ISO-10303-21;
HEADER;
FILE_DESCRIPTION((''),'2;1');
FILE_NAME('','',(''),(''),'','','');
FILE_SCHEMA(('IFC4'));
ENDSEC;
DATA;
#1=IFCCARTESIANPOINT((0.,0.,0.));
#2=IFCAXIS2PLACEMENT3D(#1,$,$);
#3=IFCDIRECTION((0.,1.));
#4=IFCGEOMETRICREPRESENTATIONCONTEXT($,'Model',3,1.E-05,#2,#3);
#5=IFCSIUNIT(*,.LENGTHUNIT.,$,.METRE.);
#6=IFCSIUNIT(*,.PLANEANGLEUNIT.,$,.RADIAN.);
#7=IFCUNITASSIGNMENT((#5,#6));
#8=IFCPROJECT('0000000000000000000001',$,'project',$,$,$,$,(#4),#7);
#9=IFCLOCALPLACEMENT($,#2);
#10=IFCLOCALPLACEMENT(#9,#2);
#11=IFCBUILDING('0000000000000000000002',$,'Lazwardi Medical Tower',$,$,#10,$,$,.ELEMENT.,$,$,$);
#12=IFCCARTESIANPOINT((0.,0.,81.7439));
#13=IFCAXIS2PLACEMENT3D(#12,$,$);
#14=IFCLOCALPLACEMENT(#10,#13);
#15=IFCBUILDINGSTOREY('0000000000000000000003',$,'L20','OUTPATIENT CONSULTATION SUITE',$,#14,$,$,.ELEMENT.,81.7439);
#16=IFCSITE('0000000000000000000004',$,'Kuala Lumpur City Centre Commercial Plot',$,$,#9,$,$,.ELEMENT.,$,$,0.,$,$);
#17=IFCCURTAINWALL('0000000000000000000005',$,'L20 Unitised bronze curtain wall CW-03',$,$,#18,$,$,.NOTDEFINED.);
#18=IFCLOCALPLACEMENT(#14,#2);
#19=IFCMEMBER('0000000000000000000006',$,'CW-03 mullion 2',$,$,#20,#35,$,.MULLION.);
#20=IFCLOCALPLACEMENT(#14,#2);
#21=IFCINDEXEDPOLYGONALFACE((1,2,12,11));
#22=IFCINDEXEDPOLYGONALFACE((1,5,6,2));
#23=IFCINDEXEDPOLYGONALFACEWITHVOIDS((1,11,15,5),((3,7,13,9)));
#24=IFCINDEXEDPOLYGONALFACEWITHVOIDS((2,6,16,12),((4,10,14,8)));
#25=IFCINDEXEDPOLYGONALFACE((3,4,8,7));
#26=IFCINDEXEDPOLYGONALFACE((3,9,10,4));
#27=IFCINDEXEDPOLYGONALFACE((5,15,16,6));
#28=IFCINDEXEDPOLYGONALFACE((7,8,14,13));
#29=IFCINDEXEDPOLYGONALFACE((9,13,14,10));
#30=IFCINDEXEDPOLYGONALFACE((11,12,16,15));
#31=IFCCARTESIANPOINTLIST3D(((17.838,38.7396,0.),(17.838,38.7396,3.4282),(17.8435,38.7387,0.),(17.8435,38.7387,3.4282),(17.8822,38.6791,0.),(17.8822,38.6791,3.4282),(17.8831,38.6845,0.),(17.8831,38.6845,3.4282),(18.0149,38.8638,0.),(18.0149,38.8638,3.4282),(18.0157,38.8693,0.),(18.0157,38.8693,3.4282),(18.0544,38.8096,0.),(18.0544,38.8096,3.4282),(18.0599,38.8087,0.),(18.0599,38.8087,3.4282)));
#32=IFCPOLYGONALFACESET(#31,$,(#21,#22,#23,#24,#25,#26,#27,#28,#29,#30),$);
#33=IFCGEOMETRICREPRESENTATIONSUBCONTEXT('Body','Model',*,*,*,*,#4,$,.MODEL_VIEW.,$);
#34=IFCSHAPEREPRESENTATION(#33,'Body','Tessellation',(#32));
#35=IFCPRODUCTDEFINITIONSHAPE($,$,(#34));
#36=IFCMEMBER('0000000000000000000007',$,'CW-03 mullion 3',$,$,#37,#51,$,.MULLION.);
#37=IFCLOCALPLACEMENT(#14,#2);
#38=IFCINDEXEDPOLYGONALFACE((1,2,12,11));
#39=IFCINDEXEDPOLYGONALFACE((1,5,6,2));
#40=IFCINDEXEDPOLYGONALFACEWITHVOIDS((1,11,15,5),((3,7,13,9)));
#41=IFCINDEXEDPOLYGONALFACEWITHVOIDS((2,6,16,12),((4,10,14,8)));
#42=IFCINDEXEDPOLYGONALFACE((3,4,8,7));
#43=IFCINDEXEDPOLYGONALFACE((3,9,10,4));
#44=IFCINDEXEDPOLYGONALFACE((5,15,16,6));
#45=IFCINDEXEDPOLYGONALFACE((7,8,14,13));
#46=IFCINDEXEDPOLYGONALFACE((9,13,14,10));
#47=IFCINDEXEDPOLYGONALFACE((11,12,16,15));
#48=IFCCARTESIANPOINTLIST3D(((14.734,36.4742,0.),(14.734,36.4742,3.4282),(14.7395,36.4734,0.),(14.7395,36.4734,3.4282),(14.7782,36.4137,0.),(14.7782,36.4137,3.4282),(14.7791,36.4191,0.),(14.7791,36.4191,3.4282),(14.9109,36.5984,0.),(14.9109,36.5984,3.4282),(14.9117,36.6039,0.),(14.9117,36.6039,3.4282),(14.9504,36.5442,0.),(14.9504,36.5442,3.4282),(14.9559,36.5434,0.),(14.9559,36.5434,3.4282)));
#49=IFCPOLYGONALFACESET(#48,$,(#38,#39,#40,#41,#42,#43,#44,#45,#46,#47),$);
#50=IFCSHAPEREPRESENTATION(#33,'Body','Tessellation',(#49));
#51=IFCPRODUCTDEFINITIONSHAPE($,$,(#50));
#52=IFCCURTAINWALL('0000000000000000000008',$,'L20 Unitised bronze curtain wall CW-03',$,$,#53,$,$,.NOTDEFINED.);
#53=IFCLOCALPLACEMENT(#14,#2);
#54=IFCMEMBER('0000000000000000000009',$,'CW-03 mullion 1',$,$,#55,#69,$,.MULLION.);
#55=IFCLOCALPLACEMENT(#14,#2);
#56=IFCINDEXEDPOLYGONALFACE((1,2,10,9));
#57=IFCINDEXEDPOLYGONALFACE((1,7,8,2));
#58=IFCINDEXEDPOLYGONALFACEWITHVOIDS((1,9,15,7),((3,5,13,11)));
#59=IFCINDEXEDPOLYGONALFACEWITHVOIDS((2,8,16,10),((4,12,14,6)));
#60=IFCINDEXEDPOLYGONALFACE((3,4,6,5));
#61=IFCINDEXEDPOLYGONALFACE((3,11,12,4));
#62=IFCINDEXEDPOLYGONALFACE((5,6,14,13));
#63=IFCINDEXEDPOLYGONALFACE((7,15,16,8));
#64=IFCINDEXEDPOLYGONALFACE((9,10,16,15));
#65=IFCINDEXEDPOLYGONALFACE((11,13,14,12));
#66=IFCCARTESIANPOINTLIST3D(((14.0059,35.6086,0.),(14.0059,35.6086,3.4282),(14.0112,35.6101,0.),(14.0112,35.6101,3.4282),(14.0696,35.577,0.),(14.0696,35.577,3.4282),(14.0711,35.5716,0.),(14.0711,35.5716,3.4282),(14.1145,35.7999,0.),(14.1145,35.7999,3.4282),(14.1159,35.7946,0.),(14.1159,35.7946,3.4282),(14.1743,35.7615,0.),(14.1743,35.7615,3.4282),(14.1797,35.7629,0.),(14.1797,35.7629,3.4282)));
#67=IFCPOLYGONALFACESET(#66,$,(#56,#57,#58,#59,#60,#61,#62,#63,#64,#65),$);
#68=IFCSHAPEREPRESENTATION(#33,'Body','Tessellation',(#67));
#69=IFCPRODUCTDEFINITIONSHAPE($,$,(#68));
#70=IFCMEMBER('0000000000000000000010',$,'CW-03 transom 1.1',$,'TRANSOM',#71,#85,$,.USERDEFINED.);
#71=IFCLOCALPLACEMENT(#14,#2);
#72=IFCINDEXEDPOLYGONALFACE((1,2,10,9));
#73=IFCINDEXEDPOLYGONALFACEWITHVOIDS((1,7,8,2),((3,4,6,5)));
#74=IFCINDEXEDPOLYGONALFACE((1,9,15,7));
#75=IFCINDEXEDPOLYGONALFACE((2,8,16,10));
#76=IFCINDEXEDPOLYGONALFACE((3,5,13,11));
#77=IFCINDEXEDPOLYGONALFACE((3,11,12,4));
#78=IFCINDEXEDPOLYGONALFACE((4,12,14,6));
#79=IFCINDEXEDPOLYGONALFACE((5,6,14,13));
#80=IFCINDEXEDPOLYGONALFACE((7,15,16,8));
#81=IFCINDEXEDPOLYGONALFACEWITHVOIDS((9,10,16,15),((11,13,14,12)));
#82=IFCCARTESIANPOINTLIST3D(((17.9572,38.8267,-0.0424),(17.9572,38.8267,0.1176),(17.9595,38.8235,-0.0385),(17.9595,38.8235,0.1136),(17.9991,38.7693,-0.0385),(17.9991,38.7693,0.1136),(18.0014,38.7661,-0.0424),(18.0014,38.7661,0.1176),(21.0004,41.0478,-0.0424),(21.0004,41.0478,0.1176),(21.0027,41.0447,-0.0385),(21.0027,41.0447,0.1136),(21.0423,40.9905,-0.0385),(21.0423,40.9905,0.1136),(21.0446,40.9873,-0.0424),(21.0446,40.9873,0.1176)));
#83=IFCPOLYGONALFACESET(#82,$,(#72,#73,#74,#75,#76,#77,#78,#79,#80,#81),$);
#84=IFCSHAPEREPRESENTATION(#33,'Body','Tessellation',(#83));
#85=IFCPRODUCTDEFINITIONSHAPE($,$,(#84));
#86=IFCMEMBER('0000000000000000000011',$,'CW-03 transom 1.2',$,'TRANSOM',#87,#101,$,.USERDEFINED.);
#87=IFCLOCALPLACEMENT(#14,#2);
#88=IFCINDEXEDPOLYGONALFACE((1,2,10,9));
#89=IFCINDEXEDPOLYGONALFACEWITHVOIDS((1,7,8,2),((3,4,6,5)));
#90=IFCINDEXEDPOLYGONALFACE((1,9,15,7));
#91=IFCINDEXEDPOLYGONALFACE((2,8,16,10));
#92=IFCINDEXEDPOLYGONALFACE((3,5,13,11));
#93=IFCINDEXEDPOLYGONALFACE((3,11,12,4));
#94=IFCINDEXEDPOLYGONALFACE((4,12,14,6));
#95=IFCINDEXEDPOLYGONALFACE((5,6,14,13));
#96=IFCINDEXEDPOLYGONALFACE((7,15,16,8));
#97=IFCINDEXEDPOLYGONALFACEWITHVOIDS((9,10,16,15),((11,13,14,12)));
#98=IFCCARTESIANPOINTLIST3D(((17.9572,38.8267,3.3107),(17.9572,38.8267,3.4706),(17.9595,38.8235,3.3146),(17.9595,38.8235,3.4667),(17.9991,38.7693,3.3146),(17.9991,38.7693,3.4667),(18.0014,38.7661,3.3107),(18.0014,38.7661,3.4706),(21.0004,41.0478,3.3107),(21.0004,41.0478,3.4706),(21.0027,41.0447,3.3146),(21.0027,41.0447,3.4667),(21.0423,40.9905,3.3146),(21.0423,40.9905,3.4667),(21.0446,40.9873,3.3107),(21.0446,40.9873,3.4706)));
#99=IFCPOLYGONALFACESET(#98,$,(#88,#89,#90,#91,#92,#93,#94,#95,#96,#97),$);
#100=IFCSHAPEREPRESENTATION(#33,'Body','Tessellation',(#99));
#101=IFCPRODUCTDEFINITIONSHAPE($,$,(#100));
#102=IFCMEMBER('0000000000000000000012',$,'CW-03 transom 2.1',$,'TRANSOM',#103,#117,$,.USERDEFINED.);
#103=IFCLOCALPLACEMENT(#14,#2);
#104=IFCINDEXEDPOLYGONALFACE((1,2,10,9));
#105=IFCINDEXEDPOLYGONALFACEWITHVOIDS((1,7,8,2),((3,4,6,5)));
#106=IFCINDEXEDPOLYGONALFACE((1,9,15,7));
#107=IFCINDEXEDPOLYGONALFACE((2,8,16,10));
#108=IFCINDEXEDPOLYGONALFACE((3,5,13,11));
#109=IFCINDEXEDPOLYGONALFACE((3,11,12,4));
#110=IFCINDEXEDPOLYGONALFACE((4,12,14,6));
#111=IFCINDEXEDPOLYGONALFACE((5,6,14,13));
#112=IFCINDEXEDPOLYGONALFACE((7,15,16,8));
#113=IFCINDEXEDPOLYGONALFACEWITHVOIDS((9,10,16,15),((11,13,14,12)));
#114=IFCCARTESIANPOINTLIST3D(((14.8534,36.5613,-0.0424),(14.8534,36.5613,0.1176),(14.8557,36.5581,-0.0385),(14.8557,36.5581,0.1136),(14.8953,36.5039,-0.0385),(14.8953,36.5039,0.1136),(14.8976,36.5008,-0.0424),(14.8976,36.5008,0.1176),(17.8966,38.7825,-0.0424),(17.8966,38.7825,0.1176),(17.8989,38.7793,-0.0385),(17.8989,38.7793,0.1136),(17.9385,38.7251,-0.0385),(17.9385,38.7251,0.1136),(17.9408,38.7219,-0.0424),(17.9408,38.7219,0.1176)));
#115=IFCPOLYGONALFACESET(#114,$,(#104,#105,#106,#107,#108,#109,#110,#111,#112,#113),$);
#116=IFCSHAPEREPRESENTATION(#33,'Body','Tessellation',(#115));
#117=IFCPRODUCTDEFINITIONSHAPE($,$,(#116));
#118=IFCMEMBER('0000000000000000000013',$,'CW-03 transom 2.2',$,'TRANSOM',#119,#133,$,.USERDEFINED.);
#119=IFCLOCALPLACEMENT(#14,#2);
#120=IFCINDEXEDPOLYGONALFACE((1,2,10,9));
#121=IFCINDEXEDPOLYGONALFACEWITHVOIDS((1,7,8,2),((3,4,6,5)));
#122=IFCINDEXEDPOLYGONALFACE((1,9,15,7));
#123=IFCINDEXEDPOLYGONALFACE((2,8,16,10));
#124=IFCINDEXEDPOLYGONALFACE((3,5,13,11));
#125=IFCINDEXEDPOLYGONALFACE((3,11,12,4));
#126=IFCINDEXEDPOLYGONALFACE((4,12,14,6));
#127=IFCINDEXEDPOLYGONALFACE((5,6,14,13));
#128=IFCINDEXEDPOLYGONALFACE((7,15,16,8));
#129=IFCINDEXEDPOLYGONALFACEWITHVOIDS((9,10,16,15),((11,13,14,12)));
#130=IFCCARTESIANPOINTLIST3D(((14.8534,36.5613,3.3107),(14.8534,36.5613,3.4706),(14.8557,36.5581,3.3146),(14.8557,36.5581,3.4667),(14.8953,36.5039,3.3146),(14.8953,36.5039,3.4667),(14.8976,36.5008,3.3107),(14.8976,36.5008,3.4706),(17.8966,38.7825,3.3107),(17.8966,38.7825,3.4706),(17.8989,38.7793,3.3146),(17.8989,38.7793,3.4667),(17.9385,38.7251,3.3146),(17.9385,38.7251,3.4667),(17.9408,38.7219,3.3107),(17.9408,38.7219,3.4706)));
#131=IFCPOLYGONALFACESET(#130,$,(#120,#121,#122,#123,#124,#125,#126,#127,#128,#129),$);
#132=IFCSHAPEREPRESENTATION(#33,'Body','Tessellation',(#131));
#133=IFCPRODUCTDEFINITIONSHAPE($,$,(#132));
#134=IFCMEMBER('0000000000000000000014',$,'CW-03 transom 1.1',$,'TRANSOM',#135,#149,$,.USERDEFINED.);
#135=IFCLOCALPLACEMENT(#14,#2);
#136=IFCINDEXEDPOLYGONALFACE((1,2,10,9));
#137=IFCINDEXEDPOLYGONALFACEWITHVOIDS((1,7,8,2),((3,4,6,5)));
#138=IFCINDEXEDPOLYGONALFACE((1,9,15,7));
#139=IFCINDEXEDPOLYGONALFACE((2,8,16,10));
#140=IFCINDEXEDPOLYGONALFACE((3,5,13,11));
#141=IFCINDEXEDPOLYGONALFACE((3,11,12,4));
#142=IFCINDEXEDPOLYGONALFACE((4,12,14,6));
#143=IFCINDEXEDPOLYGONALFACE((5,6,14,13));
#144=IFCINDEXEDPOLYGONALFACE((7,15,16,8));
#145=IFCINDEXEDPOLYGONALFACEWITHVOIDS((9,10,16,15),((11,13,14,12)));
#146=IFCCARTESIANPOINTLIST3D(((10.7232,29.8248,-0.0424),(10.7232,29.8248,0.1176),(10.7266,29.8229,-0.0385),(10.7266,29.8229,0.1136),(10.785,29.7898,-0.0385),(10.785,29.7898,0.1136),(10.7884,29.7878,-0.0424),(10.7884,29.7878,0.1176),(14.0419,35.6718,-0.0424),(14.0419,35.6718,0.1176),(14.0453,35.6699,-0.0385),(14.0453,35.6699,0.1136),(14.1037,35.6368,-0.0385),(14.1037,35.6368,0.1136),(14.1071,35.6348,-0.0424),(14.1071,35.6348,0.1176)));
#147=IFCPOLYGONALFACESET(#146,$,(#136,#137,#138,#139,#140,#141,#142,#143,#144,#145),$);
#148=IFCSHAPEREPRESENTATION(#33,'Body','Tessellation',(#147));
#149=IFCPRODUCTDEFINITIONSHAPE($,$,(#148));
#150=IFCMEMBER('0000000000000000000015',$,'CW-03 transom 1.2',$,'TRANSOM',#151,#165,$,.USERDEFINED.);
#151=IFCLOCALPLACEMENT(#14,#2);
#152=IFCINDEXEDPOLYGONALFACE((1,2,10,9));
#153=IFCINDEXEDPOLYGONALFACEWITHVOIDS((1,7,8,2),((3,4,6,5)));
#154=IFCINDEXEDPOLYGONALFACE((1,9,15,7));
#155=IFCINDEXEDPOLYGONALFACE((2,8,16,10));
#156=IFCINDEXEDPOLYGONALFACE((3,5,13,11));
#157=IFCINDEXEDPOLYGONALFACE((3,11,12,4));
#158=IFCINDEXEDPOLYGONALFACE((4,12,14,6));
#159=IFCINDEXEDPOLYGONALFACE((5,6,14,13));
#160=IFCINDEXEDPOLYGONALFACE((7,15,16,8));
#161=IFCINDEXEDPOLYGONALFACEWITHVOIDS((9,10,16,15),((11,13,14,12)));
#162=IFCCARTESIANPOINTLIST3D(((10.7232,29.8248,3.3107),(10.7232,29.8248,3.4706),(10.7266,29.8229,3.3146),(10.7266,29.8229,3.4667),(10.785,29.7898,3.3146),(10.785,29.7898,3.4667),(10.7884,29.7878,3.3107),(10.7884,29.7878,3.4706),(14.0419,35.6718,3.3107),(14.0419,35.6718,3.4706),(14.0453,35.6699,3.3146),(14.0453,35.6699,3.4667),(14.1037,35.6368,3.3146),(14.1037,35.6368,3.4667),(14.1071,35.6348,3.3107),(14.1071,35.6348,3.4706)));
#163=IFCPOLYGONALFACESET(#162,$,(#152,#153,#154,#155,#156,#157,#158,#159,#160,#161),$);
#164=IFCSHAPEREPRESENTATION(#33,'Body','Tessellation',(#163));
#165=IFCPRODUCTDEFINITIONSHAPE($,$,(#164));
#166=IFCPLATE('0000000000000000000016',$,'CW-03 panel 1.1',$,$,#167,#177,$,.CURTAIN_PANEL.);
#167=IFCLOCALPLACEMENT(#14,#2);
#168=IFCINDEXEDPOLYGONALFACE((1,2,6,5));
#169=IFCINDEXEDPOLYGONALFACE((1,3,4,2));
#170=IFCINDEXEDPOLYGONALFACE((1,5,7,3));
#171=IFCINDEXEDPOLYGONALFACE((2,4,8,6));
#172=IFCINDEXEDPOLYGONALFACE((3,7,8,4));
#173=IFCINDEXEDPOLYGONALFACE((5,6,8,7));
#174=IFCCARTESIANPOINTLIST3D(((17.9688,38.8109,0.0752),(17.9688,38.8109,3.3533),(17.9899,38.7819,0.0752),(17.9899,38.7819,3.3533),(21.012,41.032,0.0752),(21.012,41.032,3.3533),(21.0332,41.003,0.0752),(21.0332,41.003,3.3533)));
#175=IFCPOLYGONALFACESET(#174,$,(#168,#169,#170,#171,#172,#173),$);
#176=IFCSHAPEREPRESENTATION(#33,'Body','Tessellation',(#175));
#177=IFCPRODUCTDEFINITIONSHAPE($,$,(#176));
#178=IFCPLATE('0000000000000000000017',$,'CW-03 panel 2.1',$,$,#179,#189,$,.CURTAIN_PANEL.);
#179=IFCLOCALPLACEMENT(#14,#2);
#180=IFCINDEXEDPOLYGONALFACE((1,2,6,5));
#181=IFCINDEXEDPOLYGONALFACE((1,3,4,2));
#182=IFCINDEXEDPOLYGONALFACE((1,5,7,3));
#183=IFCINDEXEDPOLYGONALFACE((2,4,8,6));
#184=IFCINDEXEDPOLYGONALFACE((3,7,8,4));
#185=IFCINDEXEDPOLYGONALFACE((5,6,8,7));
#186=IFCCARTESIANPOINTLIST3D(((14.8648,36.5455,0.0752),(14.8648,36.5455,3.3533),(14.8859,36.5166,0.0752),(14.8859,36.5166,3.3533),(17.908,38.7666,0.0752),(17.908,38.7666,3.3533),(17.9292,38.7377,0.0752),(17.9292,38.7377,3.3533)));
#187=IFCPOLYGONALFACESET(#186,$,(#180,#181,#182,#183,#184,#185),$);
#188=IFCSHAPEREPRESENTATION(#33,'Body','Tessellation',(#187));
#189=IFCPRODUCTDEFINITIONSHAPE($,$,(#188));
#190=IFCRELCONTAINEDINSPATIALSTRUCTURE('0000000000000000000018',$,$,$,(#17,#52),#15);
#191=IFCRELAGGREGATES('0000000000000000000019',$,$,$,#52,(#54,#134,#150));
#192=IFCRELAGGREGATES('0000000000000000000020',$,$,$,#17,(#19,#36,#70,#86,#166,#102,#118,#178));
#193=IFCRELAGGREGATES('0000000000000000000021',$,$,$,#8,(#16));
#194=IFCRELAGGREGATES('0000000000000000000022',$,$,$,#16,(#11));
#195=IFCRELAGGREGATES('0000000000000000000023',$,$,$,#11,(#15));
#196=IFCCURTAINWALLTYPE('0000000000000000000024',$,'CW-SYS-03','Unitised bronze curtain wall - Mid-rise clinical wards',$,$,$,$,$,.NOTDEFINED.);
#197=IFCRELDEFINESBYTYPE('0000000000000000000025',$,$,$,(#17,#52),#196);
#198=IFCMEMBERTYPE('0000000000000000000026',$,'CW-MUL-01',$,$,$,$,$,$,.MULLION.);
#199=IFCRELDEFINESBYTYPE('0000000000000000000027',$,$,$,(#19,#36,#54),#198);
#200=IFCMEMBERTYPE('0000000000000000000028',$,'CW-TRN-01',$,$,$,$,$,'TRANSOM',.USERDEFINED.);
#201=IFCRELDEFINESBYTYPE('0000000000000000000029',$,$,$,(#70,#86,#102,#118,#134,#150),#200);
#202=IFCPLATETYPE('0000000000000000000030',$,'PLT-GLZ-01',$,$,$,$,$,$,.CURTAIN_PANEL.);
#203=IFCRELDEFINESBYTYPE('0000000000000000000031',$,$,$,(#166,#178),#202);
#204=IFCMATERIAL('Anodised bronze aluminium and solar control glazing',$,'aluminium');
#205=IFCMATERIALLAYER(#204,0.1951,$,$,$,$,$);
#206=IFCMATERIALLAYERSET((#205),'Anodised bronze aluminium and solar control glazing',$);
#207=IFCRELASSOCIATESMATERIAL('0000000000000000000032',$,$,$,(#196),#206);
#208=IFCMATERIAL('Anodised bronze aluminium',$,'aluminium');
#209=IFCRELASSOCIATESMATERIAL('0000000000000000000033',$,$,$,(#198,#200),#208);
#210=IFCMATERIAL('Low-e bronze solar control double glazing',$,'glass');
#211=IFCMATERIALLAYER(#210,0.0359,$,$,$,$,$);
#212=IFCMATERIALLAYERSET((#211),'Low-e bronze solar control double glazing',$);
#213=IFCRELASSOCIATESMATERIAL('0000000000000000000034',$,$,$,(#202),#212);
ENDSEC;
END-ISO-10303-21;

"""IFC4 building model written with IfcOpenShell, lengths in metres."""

from ifc_helpers import new_model, si_unit, direction, frame, origin, origin_2d, place, context, subcontext, project, spatial, rectangle, hollow_rectangle, extrude, material, layer, layer_set, material_profile, profile_set, type_object, element, aggregate, save


model = new_model("IFC4")

# Units and contexts
model_context = context("Model", 3, precision=1e-05, world=origin(), true_north=direction((0.0, 1.0)))
body_context = subcontext(model_context, "Body", "Model", "MODEL_VIEW")
ifc_project = project(units=[si_unit("LENGTHUNIT", "METRE"), si_unit("PLANEANGLEUNIT", "RADIAN")], contexts=[model_context])

# Site, building, storey
site_placement = place(None, origin())
site = spatial("IfcSite", under=ifc_project, at=site_placement, Name="Kuala Lumpur City Centre Commercial Plot", CompositionType="ELEMENT", RefElevation=0.0)
building_placement = place(site_placement, origin())
building = spatial("IfcBuilding", under=site, at=building_placement, Name="Lazwardi Medical Tower", CompositionType="ELEMENT")
storey_placement = place(building_placement, frame((0.0, 0.0, 81.7439)))
storey = spatial("IfcBuildingStorey", under=building, at=storey_placement, Name="L20", Description="OUTPATIENT CONSULTATION SUITE", CompositionType="ELEMENT", Elevation=81.7439)

# Shared definitions
ifc_material_1 = material(Name="Anodised bronze aluminium and solar control glazing", Category="aluminium")
ifc_layer_1 = layer(ifc_material_1, 0.1951)
ifc_layer_set_1 = layer_set([ifc_layer_1], Name="Anodised bronze aluminium and solar control glazing")
curtain_wall_type = type_object("IfcCurtainWallType", Name="CW-SYS-03", Description="Unitised bronze curtain wall - Mid-rise clinical wards", PredefinedType="NOTDEFINED", material=ifc_layer_set_1)
ifc_material_2 = material(Name="Anodised bronze aluminium", Category="aluminium")
ifc_material_profile_1 = material_profile(ifc_material_2, hollow_rectangle(XDim=0.075, YDim=0.22, WallThickness=0.0039, at=origin_2d()), Name="ALU-MULLION 220x75x4")
ifc_profile_set_1 = profile_set([ifc_material_profile_1], Name="Anodised bronze aluminium")
member_type_1 = type_object("IfcMemberType", Name="CW-MUL-01", PredefinedType="MULLION", material=ifc_profile_set_1)

# Curtain wall, members
curtain_wall_1_placement = place(storey_placement, origin())
curtain_wall_1 = element("IfcCurtainWall", 1, at=curtain_wall_1_placement, inside=storey, type_object=curtain_wall_type, Name="L20 Unitised bronze curtain wall CW-03", PredefinedType="NOTDEFINED")
member_1_placement = place(storey_placement, frame((17.949, 38.7742, 0.0), z_axis=(0.0, 0.0, 1.0), x_axis=(0.589531, -0.807746, 0.0)))
member_1 = element("IfcMember", 2, at=member_1_placement, type_object=member_type_1, Name="CW-03 mullion 2", PredefinedType="MULLION", context=body_context, shape_type="SweptSolid", body=[
    extrude(hollow_rectangle(XDim=0.075, YDim=0.22, WallThickness=0.0039, at=origin_2d()), origin(), (0.0, 0.0, 1.0), 3.4282),
])
member_2_placement = place(storey_placement, frame((14.845, 36.5088, 0.0), z_axis=(0.0, 0.0, 1.0), x_axis=(0.589531, -0.807746, 0.0)))
member_2 = element("IfcMember", 3, at=member_2_placement, type_object=member_type_1, Name="CW-03 mullion 3", PredefinedType="MULLION", context=body_context, shape_type="SweptSolid", body=[
    extrude(hollow_rectangle(XDim=0.075, YDim=0.22, WallThickness=0.0039, at=origin_2d()), origin(), (0.0, 0.0, 1.0), 3.4282),
])

# Curtain wall, member
curtain_wall_2_placement = place(storey_placement, origin())
curtain_wall_2 = element("IfcCurtainWall", 4, at=curtain_wall_2_placement, inside=storey, type_object=curtain_wall_type, Name="L20 Unitised bronze curtain wall CW-03", PredefinedType="NOTDEFINED")
member_3_placement = place(storey_placement, frame((14.0928, 35.6858, 0.0), z_axis=(0.0, 0.0, 1.0), x_axis=(0.869687, -0.493603, 0.0)))
member_3 = element("IfcMember", 5, at=member_3_placement, type_object=member_type_1, Name="CW-03 mullion 1", PredefinedType="MULLION", context=body_context, shape_type="SweptSolid", body=[
    extrude(hollow_rectangle(XDim=0.075, YDim=0.22, WallThickness=0.0039, at=origin_2d()), origin(), (0.0, 0.0, 1.0), 3.4282),
])

# Members
ifc_material_profile_2 = material_profile(ifc_material_2, hollow_rectangle(XDim=0.075, YDim=0.1599, WallThickness=0.0039, at=origin_2d()), Name="ALU-TRANSOM 160x75x4")
ifc_profile_set_2 = profile_set([ifc_material_profile_2], Name="Anodised bronze aluminium")
member_type_2 = type_object("IfcMemberType", Name="CW-TRN-01", ElementType="TRANSOM", PredefinedType="USERDEFINED", material=ifc_profile_set_2)
member_4_placement = place(storey_placement, frame((21.0225, 41.0176, 0.0376), z_axis=(-0.807732, -0.58955, 0.0), x_axis=(0.58955, -0.807732, 0.0)))
member_4 = element("IfcMember", 6, at=member_4_placement, type_object=member_type_2, Name="CW-03 transom 1.1", ObjectType="TRANSOM", PredefinedType="USERDEFINED", context=body_context, shape_type="SweptSolid", body=[
    extrude(hollow_rectangle(XDim=0.075, YDim=0.1599, WallThickness=0.0039, at=origin_2d()), origin(), (0.0, 0.0, 1.0), 3.7676),
])
member_5_placement = place(storey_placement, frame((21.0225, 41.0176, 3.3906), z_axis=(-0.807732, -0.58955, 0.0), x_axis=(0.58955, -0.807732, 0.0)))
member_5 = element("IfcMember", 7, at=member_5_placement, type_object=member_type_2, Name="CW-03 transom 1.2", ObjectType="TRANSOM", PredefinedType="USERDEFINED", context=body_context, shape_type="SweptSolid", body=[
    extrude(hollow_rectangle(XDim=0.075, YDim=0.1599, WallThickness=0.0039, at=origin_2d()), origin(), (0.0, 0.0, 1.0), 3.7676),
])
member_6_placement = place(storey_placement, frame((17.9187, 38.7522, 0.0376), z_axis=(-0.807732, -0.58955, 0.0), x_axis=(0.58955, -0.807732, 0.0)))
member_6 = element("IfcMember", 8, at=member_6_placement, type_object=member_type_2, Name="CW-03 transom 2.1", ObjectType="TRANSOM", PredefinedType="USERDEFINED", context=body_context, shape_type="SweptSolid", body=[
    extrude(hollow_rectangle(XDim=0.075, YDim=0.1599, WallThickness=0.0039, at=origin_2d()), origin(), (0.0, 0.0, 1.0), 3.7676),
])
member_7_placement = place(storey_placement, frame((17.9187, 38.7522, 3.3906), z_axis=(-0.807732, -0.58955, 0.0), x_axis=(0.58955, -0.807732, 0.0)))
member_7 = element("IfcMember", 9, at=member_7_placement, type_object=member_type_2, Name="CW-03 transom 2.2", ObjectType="TRANSOM", PredefinedType="USERDEFINED", context=body_context, shape_type="SweptSolid", body=[
    extrude(hollow_rectangle(XDim=0.075, YDim=0.1599, WallThickness=0.0039, at=origin_2d()), origin(), (0.0, 0.0, 1.0), 3.7676),
])
member_8_placement = place(storey_placement, frame((14.0745, 35.6533, 0.0376), z_axis=(-0.493614, -0.869681, 0.0), x_axis=(0.869681, -0.493614, 0.0)))
member_8 = element("IfcMember", 10, at=member_8_placement, type_object=member_type_2, Name="CW-03 transom 1.1", ObjectType="TRANSOM", PredefinedType="USERDEFINED", context=body_context, shape_type="SweptSolid", body=[
    extrude(hollow_rectangle(XDim=0.075, YDim=0.1599, WallThickness=0.0039, at=origin_2d()), origin(), (0.0, 0.0, 1.0), 6.7231),
])
member_9_placement = place(storey_placement, frame((14.0745, 35.6533, 3.3906), z_axis=(-0.493614, -0.869681, 0.0), x_axis=(0.869681, -0.493614, 0.0)))
member_9 = element("IfcMember", 11, at=member_9_placement, type_object=member_type_2, Name="CW-03 transom 1.2", ObjectType="TRANSOM", PredefinedType="USERDEFINED", context=body_context, shape_type="SweptSolid", body=[
    extrude(hollow_rectangle(XDim=0.075, YDim=0.1599, WallThickness=0.0039, at=origin_2d()), origin(), (0.0, 0.0, 1.0), 6.7231),
])
aggregate(curtain_wall_2, [member_3, member_8, member_9])

# Plates
ifc_material_3 = material(Name="Low-e bronze solar control double glazing", Category="glass")
ifc_layer_2 = layer(ifc_material_3, 0.0359)
ifc_layer_set_2 = layer_set([ifc_layer_2], Name="Low-e bronze solar control double glazing")
plate_type = type_object("IfcPlateType", Name="PLT-GLZ-01", PredefinedType="CURTAIN_PANEL", material=ifc_layer_set_2)
plate_1_placement = place(storey_placement, frame((19.501, 39.907, 0.0752), z_axis=(0.0, 0.0, 1.0), x_axis=(-0.807746, -0.589531, 0.0)))
plate_1 = element("IfcPlate", 12, at=plate_1_placement, type_object=plate_type, Name="CW-03 panel 1.1", PredefinedType="CURTAIN_PANEL", context=body_context, shape_type="SweptSolid", body=[
    extrude(rectangle(XDim=3.7676, YDim=0.0359, at=origin_2d()), origin(), (0.0, 0.0, 1.0), 3.2781),
])
plate_2_placement = place(storey_placement, frame((16.397, 37.6416, 0.0752), z_axis=(0.0, 0.0, 1.0), x_axis=(-0.807746, -0.589531, 0.0)))
plate_2 = element("IfcPlate", 13, at=plate_2_placement, type_object=plate_type, Name="CW-03 panel 2.1", PredefinedType="CURTAIN_PANEL", context=body_context, shape_type="SweptSolid", body=[
    extrude(rectangle(XDim=3.7676, YDim=0.0359, at=origin_2d()), origin(), (0.0, 0.0, 1.0), 3.2781),
])
aggregate(curtain_wall_1, [member_1, member_2, member_4, member_5, plate_1, member_6, member_7, plate_2])

save(model, "model.ifc")
